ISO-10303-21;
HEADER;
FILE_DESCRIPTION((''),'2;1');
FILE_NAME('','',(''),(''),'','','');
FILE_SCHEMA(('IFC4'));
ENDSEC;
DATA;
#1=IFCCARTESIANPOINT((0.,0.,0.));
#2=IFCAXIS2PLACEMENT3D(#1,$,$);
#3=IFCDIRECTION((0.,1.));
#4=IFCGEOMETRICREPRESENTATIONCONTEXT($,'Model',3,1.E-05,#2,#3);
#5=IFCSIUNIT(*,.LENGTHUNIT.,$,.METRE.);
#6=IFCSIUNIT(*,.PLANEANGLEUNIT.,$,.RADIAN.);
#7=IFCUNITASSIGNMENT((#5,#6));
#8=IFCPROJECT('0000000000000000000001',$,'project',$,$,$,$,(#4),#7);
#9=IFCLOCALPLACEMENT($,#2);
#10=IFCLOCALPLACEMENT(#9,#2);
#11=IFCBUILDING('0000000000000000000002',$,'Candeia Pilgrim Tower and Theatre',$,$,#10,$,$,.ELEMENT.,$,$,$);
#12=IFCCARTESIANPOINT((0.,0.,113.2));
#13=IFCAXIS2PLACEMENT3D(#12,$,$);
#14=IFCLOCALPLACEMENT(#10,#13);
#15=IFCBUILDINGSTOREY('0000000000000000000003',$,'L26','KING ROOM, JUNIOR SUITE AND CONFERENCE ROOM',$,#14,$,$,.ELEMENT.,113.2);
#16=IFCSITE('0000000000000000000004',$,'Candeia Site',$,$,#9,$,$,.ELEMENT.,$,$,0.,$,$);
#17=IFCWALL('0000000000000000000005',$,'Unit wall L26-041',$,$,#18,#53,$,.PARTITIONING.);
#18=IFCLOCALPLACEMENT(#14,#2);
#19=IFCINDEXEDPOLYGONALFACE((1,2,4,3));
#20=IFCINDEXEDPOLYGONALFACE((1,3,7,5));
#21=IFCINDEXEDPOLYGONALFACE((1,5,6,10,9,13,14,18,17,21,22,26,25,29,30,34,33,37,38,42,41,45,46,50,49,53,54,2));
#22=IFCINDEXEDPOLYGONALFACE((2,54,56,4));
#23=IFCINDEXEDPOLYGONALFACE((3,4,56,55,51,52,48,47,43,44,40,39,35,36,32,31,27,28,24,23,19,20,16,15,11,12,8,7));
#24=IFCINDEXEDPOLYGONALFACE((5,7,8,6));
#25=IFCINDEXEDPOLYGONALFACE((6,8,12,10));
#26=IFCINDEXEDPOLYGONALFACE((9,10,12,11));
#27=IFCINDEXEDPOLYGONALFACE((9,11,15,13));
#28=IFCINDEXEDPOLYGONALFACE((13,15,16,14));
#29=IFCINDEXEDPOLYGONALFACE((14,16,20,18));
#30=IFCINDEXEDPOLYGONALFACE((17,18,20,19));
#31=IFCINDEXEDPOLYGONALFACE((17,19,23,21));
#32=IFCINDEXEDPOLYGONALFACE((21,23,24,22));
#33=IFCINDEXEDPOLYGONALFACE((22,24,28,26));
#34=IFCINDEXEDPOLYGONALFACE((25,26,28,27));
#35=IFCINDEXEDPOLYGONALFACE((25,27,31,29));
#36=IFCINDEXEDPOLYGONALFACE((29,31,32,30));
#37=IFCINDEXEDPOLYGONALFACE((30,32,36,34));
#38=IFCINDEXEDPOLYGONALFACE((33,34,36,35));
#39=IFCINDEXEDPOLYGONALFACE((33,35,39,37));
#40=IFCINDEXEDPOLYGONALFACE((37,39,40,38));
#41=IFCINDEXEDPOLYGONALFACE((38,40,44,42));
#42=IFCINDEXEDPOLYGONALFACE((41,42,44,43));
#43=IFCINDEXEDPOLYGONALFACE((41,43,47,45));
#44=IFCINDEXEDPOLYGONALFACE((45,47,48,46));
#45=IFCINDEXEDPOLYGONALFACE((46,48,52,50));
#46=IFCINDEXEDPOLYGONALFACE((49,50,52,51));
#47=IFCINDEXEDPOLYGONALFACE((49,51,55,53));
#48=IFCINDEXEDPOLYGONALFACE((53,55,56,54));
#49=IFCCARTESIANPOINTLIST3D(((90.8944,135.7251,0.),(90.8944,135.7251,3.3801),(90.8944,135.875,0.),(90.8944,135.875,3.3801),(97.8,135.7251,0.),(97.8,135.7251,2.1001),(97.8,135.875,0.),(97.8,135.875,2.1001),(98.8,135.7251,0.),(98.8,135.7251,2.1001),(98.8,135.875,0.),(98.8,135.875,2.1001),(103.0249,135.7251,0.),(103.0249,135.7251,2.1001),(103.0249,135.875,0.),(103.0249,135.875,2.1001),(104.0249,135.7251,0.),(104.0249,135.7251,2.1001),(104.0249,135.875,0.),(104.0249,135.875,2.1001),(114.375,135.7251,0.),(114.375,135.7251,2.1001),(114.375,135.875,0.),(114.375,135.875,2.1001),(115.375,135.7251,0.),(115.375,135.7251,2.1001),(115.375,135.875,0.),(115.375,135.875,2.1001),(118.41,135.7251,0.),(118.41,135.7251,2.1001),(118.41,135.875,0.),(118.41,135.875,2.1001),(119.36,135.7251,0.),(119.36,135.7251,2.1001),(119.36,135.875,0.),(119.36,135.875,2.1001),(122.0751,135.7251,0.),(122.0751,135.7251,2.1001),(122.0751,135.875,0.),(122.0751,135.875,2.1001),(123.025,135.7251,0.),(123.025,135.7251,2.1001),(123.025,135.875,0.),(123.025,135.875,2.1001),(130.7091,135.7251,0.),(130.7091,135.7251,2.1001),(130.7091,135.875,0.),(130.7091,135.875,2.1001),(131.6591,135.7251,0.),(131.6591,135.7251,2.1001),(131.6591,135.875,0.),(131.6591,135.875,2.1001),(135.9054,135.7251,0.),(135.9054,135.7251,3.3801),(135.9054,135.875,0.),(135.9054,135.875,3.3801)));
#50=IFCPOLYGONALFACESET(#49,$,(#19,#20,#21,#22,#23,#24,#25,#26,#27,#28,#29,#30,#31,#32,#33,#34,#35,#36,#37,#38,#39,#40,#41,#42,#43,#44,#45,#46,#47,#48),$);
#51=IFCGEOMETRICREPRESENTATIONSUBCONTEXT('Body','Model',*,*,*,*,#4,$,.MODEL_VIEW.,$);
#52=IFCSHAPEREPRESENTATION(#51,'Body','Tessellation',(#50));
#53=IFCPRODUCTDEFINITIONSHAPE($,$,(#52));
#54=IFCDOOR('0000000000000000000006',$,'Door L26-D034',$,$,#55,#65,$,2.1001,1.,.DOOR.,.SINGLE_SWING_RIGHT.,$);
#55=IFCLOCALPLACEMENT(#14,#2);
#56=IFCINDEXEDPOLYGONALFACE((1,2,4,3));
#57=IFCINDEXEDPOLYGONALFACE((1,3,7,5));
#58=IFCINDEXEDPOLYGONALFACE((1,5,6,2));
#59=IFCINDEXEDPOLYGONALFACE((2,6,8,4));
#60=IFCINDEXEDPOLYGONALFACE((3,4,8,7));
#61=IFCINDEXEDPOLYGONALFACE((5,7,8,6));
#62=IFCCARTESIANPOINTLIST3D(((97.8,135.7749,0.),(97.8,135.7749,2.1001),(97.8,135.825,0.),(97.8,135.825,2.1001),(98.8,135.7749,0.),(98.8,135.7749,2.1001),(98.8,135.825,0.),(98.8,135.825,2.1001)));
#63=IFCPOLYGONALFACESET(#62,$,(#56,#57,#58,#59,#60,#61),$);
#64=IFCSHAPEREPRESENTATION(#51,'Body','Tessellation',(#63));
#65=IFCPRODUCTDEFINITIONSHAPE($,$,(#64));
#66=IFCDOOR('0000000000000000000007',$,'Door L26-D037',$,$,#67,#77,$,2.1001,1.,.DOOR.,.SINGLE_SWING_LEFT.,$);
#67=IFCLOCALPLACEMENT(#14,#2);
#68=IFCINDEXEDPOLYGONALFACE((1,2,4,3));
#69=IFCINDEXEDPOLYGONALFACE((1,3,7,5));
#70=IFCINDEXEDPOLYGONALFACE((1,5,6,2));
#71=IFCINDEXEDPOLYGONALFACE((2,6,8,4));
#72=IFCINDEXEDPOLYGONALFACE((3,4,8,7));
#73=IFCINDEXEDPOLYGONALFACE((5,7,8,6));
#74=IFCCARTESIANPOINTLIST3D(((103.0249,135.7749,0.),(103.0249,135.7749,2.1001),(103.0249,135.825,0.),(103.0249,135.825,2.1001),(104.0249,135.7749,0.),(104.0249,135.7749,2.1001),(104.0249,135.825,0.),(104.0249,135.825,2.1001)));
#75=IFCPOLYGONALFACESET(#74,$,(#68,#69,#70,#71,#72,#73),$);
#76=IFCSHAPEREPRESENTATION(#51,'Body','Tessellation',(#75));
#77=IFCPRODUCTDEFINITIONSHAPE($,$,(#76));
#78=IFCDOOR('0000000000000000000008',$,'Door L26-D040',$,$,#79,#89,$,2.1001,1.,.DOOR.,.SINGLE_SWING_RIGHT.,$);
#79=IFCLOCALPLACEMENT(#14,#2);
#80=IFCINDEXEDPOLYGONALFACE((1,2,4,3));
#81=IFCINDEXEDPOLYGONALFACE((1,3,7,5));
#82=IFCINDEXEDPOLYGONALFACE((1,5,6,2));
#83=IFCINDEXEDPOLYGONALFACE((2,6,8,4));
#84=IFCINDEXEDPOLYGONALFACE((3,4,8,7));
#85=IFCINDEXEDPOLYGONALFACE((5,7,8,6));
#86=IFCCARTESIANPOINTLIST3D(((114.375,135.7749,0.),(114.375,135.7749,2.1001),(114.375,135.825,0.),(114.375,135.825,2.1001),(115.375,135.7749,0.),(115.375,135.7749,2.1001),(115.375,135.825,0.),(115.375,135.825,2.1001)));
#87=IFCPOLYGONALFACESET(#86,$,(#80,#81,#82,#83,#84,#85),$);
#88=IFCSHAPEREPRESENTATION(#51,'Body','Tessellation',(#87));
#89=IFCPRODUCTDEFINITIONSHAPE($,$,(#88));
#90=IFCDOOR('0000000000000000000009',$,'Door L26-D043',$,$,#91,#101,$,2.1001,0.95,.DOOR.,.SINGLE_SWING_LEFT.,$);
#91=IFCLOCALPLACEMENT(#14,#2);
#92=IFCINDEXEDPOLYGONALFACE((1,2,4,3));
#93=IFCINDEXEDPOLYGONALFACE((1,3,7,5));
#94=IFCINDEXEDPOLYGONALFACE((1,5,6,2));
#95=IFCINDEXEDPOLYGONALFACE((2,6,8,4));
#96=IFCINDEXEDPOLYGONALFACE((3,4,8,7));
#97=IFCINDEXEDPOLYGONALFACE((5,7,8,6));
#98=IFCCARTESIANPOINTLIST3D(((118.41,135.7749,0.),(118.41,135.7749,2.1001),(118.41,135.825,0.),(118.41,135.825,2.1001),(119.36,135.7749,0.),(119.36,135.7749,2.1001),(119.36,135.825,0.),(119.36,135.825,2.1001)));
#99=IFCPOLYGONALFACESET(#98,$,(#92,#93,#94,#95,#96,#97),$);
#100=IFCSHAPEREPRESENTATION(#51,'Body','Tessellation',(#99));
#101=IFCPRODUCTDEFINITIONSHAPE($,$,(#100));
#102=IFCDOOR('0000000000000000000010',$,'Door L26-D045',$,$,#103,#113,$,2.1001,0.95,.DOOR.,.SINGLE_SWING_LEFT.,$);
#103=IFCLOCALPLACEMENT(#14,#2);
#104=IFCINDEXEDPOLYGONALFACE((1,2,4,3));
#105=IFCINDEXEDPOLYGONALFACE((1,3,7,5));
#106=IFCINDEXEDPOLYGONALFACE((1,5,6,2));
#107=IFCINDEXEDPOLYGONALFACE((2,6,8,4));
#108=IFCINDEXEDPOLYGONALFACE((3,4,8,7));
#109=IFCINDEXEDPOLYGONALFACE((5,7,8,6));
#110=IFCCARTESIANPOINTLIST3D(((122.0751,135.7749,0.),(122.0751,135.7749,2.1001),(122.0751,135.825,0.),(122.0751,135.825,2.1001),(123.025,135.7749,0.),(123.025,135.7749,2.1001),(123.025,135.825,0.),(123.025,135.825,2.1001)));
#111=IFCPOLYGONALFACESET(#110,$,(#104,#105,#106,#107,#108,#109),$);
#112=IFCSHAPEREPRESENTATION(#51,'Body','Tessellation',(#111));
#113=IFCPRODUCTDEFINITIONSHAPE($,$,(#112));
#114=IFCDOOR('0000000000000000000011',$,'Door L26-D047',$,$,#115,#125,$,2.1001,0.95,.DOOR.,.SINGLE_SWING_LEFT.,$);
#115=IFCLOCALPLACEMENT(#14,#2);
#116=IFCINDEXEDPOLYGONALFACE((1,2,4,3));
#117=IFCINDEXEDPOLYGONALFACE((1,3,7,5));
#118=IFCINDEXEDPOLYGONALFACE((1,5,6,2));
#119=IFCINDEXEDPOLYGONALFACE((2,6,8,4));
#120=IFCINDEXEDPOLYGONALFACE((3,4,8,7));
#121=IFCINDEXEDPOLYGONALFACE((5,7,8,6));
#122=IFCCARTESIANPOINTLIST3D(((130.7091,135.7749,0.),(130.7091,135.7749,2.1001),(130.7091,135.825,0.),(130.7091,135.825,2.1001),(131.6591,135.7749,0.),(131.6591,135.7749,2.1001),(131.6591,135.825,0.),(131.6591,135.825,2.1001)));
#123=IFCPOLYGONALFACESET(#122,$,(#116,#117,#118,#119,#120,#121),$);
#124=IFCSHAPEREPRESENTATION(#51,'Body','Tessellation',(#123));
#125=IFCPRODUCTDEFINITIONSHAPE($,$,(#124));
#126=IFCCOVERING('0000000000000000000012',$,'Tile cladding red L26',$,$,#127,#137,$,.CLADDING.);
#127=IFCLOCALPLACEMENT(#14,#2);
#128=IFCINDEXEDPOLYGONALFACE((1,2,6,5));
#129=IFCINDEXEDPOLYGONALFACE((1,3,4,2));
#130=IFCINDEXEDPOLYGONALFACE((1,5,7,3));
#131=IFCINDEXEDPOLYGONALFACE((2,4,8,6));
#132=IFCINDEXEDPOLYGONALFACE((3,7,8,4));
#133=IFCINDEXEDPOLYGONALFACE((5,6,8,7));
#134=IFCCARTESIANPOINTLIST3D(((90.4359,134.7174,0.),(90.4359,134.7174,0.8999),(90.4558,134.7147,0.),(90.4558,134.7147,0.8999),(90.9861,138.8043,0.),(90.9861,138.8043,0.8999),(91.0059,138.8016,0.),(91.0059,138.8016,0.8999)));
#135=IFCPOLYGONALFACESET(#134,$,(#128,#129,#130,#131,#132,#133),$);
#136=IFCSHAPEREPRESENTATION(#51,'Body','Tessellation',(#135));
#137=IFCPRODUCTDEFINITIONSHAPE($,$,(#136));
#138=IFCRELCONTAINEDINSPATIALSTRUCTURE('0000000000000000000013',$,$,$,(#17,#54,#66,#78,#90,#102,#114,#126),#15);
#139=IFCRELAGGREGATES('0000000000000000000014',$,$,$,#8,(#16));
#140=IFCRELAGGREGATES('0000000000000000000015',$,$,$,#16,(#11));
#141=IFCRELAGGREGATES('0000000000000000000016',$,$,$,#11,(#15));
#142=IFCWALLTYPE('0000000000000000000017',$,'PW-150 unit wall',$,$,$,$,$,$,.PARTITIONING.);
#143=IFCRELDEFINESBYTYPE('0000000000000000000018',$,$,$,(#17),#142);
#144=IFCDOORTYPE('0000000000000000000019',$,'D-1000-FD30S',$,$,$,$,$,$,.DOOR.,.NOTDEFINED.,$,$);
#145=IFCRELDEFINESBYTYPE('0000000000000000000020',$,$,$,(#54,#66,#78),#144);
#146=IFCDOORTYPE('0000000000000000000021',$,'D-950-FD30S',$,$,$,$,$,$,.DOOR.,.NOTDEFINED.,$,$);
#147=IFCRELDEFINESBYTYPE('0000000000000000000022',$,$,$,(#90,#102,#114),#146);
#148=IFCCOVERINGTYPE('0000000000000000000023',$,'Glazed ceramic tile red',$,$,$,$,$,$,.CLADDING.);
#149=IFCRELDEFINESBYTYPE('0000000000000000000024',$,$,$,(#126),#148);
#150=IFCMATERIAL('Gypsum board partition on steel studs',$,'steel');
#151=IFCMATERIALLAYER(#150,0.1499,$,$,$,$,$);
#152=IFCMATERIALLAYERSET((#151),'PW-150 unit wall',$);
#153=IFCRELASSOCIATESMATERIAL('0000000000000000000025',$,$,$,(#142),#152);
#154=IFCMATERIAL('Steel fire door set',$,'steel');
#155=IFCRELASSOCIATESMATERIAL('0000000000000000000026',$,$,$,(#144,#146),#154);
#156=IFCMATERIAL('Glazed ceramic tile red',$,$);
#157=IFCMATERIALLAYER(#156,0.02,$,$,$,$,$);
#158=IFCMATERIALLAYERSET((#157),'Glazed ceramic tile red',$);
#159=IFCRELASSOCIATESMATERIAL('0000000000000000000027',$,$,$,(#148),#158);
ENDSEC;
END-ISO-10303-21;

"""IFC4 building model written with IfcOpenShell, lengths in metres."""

from ifc_helpers import new_model, si_unit, direction, frame, frame_2d, origin, origin_2d, place, context, subcontext, project, spatial, rectangle, extrude, material, layer, layer_set, type_object, element, fill, save


model = new_model("IFC4")

# Units and contexts
model_context = context("Model", 3, precision=1e-05, world=origin(), true_north=direction((0.0, 1.0)))
body_context = subcontext(model_context, "Body", "Model", "MODEL_VIEW")
ifc_project = project(units=[si_unit("LENGTHUNIT", "METRE"), si_unit("PLANEANGLEUNIT", "RADIAN")], contexts=[model_context])

# Site, building, storey
site_placement = place(None, origin())
site = spatial("IfcSite", under=ifc_project, at=site_placement, Name="Candeia Site", CompositionType="ELEMENT", RefElevation=0.0)
building_placement = place(site_placement, origin())
building = spatial("IfcBuilding", under=site, at=building_placement, Name="Candeia Pilgrim Tower and Theatre", CompositionType="ELEMENT")
storey_placement = place(building_placement, frame((0.0, 0.0, 113.2)))
storey = spatial("IfcBuildingStorey", under=building, at=storey_placement, Name="L26", Description="KING ROOM, JUNIOR SUITE AND CONFERENCE ROOM", CompositionType="ELEMENT", Elevation=113.2)

# Shared definitions
ifc_material_1 = material(Name="Gypsum board partition on steel studs", Category="steel")

# Wall, openings, doors
ifc_layer_1 = layer(ifc_material_1, 0.1499)
ifc_layer_set_1 = layer_set([ifc_layer_1], Name="PW-150 unit wall")
wall_type_1 = type_object("IfcWallType", Name="PW-150 unit wall", PredefinedType="PARTITIONING", material=ifc_layer_set_1)
wall_1_placement = place(storey_placement, frame((90.8945, 135.8, 0.0), z_axis=(0.0, 0.0, 1.0), x_axis=(1.0, 0.0, 0.0)))
wall_1 = element("IfcWall", 1, at=wall_1_placement, inside=storey, type_object=wall_type_1, Name="Unit wall L26-041", PredefinedType="PARTITIONING", context=body_context, shape_type="SweptSolid", body=[
    extrude(rectangle(XDim=45.011, YDim=0.1499, at=frame_2d((22.5054, 0.0))), origin(), (0.0, 0.0, 1.0), 3.3801),
])
opening_1_placement = place(wall_1_placement, frame((6.9055, 0.0, 0.0)))
opening_1 = element("IfcOpeningElement", 2, at=opening_1_placement, cuts=wall_1, PredefinedType="OPENING", context=body_context, shape_type="SweptSolid", body=[
    extrude(rectangle(XDim=1.0, YDim=2.1001, at=frame_2d((0.5, 1.05))), frame((0.0, 0.085, 0.0), z_axis=(0.0, -1.0, 0.0), x_axis=(1.0, 0.0, 0.0)), (0.0, 0.0, 1.0), 0.1699),
])
opening_2_placement = place(wall_1_placement, frame((12.1304, 0.0, 0.0)))
opening_2 = element("IfcOpeningElement", 3, at=opening_2_placement, cuts=wall_1, PredefinedType="OPENING", context=body_context, shape_type="SweptSolid", body=[
    extrude(rectangle(XDim=1.0, YDim=2.1001, at=frame_2d((0.5, 1.05))), frame((0.0, 0.085, 0.0), z_axis=(0.0, -1.0, 0.0), x_axis=(1.0, 0.0, 0.0)), (0.0, 0.0, 1.0), 0.1699),
])
opening_3_placement = place(wall_1_placement, frame((23.4805, 0.0, 0.0)))
opening_3 = element("IfcOpeningElement", 4, at=opening_3_placement, cuts=wall_1, PredefinedType="OPENING", context=body_context, shape_type="SweptSolid", body=[
    extrude(rectangle(XDim=1.0, YDim=2.1001, at=frame_2d((0.5, 1.05))), frame((0.0, 0.085, 0.0), z_axis=(0.0, -1.0, 0.0), x_axis=(1.0, 0.0, 0.0)), (0.0, 0.0, 1.0), 0.1699),
])
opening_4_placement = place(wall_1_placement, frame((27.5154, 0.0, 0.0)))
opening_4 = element("IfcOpeningElement", 5, at=opening_4_placement, cuts=wall_1, PredefinedType="OPENING", context=body_context, shape_type="SweptSolid", body=[
    extrude(rectangle(XDim=0.95, YDim=2.1001, at=frame_2d((0.4751, 1.05))), frame((0.0, 0.085, 0.0), z_axis=(0.0, -1.0, 0.0), x_axis=(1.0, 0.0, 0.0)), (0.0, 0.0, 1.0), 0.1699),
])
opening_5_placement = place(wall_1_placement, frame((31.1804, 0.0, 0.0)))
opening_5 = element("IfcOpeningElement", 6, at=opening_5_placement, cuts=wall_1, PredefinedType="OPENING", context=body_context, shape_type="SweptSolid", body=[
    extrude(rectangle(XDim=0.95, YDim=2.1001, at=frame_2d((0.4751, 1.05))), frame((0.0, 0.085, 0.0), z_axis=(0.0, -1.0, 0.0), x_axis=(1.0, 0.0, 0.0)), (0.0, 0.0, 1.0), 0.1699),
])
opening_6_placement = place(wall_1_placement, frame((39.8145, 0.0, 0.0)))
opening_6 = element("IfcOpeningElement", 7, at=opening_6_placement, cuts=wall_1, PredefinedType="OPENING", context=body_context, shape_type="SweptSolid", body=[
    extrude(rectangle(XDim=0.95, YDim=2.1001, at=frame_2d((0.4751, 1.05))), frame((0.0, 0.085, 0.0), z_axis=(0.0, -1.0, 0.0), x_axis=(1.0, 0.0, 0.0)), (0.0, 0.0, 1.0), 0.1699),
])
ifc_material_2 = material(Name="Steel fire door set", Category="steel")
door_type_1 = type_object("IfcDoorType", Name="D-1000-FD30S", OperationType="NOTDEFINED", PredefinedType="DOOR", material=ifc_material_2)
door_1_placement = place(opening_1_placement, origin())
door_1 = element("IfcDoor", 8, at=door_1_placement, inside=storey, type_object=door_type_1, Name="Door L26-D034", OperationType="SINGLE_SWING_RIGHT", OverallHeight=2.1001, OverallWidth=1.0, PredefinedType="DOOR", context=body_context, shape_type="SweptSolid", body=[
    extrude(rectangle(XDim=1.0, YDim=2.1001, at=frame_2d((0.5, 1.05))), frame((0.0, 0.0249, 0.0), z_axis=(0.0, -1.0, 0.0), x_axis=(1.0, 0.0, 0.0)), (0.0, 0.0, 1.0), 0.05),
])
fill(opening_1, door_1)
door_2_placement = place(opening_2_placement, origin())
door_2 = element("IfcDoor", 9, at=door_2_placement, inside=storey, type_object=door_type_1, Name="Door L26-D037", OperationType="SINGLE_SWING_LEFT", OverallHeight=2.1001, OverallWidth=1.0, PredefinedType="DOOR", context=body_context, shape_type="SweptSolid", body=[
    extrude(rectangle(XDim=1.0, YDim=2.1001, at=frame_2d((0.5, 1.05))), frame((0.0, 0.0249, 0.0), z_axis=(0.0, -1.0, 0.0), x_axis=(1.0, 0.0, 0.0)), (0.0, 0.0, 1.0), 0.05),
])
fill(opening_2, door_2)
door_3_placement = place(opening_3_placement, origin())
door_3 = element("IfcDoor", 10, at=door_3_placement, inside=storey, type_object=door_type_1, Name="Door L26-D040", OperationType="SINGLE_SWING_RIGHT", OverallHeight=2.1001, OverallWidth=1.0, PredefinedType="DOOR", context=body_context, shape_type="SweptSolid", body=[
    extrude(rectangle(XDim=1.0, YDim=2.1001, at=frame_2d((0.5, 1.05))), frame((0.0, 0.0249, 0.0), z_axis=(0.0, -1.0, 0.0), x_axis=(1.0, 0.0, 0.0)), (0.0, 0.0, 1.0), 0.05),
])
fill(opening_3, door_3)
door_type_2 = type_object("IfcDoorType", Name="D-950-FD30S", OperationType="NOTDEFINED", PredefinedType="DOOR", material=ifc_material_2)
door_4_placement = place(opening_4_placement, origin())
door_4 = element("IfcDoor", 11, at=door_4_placement, inside=storey, type_object=door_type_2, Name="Door L26-D043", OperationType="SINGLE_SWING_LEFT", OverallHeight=2.1001, OverallWidth=0.95, PredefinedType="DOOR", context=body_context, shape_type="SweptSolid", body=[
    extrude(rectangle(XDim=0.95, YDim=2.1001, at=frame_2d((0.4751, 1.05))), frame((0.0, 0.0249, 0.0), z_axis=(0.0, -1.0, 0.0), x_axis=(1.0, 0.0, 0.0)), (0.0, 0.0, 1.0), 0.05),
])
fill(opening_4, door_4)
door_5_placement = place(opening_5_placement, origin())
door_5 = element("IfcDoor", 12, at=door_5_placement, inside=storey, type_object=door_type_2, Name="Door L26-D045", OperationType="SINGLE_SWING_LEFT", OverallHeight=2.1001, OverallWidth=0.95, PredefinedType="DOOR", context=body_context, shape_type="SweptSolid", body=[
    extrude(rectangle(XDim=0.95, YDim=2.1001, at=frame_2d((0.4751, 1.05))), frame((0.0, 0.0249, 0.0), z_axis=(0.0, -1.0, 0.0), x_axis=(1.0, 0.0, 0.0)), (0.0, 0.0, 1.0), 0.05),
])
fill(opening_5, door_5)
door_6_placement = place(opening_6_placement, origin())
door_6 = element("IfcDoor", 13, at=door_6_placement, inside=storey, type_object=door_type_2, Name="Door L26-D047", OperationType="SINGLE_SWING_LEFT", OverallHeight=2.1001, OverallWidth=0.95, PredefinedType="DOOR", context=body_context, shape_type="SweptSolid", body=[
    extrude(rectangle(XDim=0.95, YDim=2.1001, at=frame_2d((0.4751, 1.05))), frame((0.0, 0.0249, 0.0), z_axis=(0.0, -1.0, 0.0), x_axis=(1.0, 0.0, 0.0)), (0.0, 0.0, 1.0), 0.05),
])
fill(opening_6, door_6)

# Covering
ifc_material_3 = material(Name="Glazed ceramic tile red")
ifc_layer_2 = layer(ifc_material_3, 0.02)
ifc_layer_set_2 = layer_set([ifc_layer_2], Name="Glazed ceramic tile red")
covering_type = type_object("IfcCoveringType", Name="Glazed ceramic tile red", PredefinedType="CLADDING", material=ifc_layer_set_2)
covering_placement = place(storey_placement, frame((90.7209, 136.7595, 0.0), z_axis=(0.0, 0.0, 1.0), x_axis=(-0.133412, -0.991061, 0.0)))
element("IfcCovering", 14, at=covering_placement, inside=storey, type_object=covering_type, Name="Tile cladding red L26", PredefinedType="CLADDING", context=body_context, shape_type="SweptSolid", body=[
    extrude(rectangle(XDim=4.1238, YDim=0.02, at=origin_2d()), origin(), (0.0, 0.0, 1.0), 0.8999),
])

save(model, "model.ifc")
